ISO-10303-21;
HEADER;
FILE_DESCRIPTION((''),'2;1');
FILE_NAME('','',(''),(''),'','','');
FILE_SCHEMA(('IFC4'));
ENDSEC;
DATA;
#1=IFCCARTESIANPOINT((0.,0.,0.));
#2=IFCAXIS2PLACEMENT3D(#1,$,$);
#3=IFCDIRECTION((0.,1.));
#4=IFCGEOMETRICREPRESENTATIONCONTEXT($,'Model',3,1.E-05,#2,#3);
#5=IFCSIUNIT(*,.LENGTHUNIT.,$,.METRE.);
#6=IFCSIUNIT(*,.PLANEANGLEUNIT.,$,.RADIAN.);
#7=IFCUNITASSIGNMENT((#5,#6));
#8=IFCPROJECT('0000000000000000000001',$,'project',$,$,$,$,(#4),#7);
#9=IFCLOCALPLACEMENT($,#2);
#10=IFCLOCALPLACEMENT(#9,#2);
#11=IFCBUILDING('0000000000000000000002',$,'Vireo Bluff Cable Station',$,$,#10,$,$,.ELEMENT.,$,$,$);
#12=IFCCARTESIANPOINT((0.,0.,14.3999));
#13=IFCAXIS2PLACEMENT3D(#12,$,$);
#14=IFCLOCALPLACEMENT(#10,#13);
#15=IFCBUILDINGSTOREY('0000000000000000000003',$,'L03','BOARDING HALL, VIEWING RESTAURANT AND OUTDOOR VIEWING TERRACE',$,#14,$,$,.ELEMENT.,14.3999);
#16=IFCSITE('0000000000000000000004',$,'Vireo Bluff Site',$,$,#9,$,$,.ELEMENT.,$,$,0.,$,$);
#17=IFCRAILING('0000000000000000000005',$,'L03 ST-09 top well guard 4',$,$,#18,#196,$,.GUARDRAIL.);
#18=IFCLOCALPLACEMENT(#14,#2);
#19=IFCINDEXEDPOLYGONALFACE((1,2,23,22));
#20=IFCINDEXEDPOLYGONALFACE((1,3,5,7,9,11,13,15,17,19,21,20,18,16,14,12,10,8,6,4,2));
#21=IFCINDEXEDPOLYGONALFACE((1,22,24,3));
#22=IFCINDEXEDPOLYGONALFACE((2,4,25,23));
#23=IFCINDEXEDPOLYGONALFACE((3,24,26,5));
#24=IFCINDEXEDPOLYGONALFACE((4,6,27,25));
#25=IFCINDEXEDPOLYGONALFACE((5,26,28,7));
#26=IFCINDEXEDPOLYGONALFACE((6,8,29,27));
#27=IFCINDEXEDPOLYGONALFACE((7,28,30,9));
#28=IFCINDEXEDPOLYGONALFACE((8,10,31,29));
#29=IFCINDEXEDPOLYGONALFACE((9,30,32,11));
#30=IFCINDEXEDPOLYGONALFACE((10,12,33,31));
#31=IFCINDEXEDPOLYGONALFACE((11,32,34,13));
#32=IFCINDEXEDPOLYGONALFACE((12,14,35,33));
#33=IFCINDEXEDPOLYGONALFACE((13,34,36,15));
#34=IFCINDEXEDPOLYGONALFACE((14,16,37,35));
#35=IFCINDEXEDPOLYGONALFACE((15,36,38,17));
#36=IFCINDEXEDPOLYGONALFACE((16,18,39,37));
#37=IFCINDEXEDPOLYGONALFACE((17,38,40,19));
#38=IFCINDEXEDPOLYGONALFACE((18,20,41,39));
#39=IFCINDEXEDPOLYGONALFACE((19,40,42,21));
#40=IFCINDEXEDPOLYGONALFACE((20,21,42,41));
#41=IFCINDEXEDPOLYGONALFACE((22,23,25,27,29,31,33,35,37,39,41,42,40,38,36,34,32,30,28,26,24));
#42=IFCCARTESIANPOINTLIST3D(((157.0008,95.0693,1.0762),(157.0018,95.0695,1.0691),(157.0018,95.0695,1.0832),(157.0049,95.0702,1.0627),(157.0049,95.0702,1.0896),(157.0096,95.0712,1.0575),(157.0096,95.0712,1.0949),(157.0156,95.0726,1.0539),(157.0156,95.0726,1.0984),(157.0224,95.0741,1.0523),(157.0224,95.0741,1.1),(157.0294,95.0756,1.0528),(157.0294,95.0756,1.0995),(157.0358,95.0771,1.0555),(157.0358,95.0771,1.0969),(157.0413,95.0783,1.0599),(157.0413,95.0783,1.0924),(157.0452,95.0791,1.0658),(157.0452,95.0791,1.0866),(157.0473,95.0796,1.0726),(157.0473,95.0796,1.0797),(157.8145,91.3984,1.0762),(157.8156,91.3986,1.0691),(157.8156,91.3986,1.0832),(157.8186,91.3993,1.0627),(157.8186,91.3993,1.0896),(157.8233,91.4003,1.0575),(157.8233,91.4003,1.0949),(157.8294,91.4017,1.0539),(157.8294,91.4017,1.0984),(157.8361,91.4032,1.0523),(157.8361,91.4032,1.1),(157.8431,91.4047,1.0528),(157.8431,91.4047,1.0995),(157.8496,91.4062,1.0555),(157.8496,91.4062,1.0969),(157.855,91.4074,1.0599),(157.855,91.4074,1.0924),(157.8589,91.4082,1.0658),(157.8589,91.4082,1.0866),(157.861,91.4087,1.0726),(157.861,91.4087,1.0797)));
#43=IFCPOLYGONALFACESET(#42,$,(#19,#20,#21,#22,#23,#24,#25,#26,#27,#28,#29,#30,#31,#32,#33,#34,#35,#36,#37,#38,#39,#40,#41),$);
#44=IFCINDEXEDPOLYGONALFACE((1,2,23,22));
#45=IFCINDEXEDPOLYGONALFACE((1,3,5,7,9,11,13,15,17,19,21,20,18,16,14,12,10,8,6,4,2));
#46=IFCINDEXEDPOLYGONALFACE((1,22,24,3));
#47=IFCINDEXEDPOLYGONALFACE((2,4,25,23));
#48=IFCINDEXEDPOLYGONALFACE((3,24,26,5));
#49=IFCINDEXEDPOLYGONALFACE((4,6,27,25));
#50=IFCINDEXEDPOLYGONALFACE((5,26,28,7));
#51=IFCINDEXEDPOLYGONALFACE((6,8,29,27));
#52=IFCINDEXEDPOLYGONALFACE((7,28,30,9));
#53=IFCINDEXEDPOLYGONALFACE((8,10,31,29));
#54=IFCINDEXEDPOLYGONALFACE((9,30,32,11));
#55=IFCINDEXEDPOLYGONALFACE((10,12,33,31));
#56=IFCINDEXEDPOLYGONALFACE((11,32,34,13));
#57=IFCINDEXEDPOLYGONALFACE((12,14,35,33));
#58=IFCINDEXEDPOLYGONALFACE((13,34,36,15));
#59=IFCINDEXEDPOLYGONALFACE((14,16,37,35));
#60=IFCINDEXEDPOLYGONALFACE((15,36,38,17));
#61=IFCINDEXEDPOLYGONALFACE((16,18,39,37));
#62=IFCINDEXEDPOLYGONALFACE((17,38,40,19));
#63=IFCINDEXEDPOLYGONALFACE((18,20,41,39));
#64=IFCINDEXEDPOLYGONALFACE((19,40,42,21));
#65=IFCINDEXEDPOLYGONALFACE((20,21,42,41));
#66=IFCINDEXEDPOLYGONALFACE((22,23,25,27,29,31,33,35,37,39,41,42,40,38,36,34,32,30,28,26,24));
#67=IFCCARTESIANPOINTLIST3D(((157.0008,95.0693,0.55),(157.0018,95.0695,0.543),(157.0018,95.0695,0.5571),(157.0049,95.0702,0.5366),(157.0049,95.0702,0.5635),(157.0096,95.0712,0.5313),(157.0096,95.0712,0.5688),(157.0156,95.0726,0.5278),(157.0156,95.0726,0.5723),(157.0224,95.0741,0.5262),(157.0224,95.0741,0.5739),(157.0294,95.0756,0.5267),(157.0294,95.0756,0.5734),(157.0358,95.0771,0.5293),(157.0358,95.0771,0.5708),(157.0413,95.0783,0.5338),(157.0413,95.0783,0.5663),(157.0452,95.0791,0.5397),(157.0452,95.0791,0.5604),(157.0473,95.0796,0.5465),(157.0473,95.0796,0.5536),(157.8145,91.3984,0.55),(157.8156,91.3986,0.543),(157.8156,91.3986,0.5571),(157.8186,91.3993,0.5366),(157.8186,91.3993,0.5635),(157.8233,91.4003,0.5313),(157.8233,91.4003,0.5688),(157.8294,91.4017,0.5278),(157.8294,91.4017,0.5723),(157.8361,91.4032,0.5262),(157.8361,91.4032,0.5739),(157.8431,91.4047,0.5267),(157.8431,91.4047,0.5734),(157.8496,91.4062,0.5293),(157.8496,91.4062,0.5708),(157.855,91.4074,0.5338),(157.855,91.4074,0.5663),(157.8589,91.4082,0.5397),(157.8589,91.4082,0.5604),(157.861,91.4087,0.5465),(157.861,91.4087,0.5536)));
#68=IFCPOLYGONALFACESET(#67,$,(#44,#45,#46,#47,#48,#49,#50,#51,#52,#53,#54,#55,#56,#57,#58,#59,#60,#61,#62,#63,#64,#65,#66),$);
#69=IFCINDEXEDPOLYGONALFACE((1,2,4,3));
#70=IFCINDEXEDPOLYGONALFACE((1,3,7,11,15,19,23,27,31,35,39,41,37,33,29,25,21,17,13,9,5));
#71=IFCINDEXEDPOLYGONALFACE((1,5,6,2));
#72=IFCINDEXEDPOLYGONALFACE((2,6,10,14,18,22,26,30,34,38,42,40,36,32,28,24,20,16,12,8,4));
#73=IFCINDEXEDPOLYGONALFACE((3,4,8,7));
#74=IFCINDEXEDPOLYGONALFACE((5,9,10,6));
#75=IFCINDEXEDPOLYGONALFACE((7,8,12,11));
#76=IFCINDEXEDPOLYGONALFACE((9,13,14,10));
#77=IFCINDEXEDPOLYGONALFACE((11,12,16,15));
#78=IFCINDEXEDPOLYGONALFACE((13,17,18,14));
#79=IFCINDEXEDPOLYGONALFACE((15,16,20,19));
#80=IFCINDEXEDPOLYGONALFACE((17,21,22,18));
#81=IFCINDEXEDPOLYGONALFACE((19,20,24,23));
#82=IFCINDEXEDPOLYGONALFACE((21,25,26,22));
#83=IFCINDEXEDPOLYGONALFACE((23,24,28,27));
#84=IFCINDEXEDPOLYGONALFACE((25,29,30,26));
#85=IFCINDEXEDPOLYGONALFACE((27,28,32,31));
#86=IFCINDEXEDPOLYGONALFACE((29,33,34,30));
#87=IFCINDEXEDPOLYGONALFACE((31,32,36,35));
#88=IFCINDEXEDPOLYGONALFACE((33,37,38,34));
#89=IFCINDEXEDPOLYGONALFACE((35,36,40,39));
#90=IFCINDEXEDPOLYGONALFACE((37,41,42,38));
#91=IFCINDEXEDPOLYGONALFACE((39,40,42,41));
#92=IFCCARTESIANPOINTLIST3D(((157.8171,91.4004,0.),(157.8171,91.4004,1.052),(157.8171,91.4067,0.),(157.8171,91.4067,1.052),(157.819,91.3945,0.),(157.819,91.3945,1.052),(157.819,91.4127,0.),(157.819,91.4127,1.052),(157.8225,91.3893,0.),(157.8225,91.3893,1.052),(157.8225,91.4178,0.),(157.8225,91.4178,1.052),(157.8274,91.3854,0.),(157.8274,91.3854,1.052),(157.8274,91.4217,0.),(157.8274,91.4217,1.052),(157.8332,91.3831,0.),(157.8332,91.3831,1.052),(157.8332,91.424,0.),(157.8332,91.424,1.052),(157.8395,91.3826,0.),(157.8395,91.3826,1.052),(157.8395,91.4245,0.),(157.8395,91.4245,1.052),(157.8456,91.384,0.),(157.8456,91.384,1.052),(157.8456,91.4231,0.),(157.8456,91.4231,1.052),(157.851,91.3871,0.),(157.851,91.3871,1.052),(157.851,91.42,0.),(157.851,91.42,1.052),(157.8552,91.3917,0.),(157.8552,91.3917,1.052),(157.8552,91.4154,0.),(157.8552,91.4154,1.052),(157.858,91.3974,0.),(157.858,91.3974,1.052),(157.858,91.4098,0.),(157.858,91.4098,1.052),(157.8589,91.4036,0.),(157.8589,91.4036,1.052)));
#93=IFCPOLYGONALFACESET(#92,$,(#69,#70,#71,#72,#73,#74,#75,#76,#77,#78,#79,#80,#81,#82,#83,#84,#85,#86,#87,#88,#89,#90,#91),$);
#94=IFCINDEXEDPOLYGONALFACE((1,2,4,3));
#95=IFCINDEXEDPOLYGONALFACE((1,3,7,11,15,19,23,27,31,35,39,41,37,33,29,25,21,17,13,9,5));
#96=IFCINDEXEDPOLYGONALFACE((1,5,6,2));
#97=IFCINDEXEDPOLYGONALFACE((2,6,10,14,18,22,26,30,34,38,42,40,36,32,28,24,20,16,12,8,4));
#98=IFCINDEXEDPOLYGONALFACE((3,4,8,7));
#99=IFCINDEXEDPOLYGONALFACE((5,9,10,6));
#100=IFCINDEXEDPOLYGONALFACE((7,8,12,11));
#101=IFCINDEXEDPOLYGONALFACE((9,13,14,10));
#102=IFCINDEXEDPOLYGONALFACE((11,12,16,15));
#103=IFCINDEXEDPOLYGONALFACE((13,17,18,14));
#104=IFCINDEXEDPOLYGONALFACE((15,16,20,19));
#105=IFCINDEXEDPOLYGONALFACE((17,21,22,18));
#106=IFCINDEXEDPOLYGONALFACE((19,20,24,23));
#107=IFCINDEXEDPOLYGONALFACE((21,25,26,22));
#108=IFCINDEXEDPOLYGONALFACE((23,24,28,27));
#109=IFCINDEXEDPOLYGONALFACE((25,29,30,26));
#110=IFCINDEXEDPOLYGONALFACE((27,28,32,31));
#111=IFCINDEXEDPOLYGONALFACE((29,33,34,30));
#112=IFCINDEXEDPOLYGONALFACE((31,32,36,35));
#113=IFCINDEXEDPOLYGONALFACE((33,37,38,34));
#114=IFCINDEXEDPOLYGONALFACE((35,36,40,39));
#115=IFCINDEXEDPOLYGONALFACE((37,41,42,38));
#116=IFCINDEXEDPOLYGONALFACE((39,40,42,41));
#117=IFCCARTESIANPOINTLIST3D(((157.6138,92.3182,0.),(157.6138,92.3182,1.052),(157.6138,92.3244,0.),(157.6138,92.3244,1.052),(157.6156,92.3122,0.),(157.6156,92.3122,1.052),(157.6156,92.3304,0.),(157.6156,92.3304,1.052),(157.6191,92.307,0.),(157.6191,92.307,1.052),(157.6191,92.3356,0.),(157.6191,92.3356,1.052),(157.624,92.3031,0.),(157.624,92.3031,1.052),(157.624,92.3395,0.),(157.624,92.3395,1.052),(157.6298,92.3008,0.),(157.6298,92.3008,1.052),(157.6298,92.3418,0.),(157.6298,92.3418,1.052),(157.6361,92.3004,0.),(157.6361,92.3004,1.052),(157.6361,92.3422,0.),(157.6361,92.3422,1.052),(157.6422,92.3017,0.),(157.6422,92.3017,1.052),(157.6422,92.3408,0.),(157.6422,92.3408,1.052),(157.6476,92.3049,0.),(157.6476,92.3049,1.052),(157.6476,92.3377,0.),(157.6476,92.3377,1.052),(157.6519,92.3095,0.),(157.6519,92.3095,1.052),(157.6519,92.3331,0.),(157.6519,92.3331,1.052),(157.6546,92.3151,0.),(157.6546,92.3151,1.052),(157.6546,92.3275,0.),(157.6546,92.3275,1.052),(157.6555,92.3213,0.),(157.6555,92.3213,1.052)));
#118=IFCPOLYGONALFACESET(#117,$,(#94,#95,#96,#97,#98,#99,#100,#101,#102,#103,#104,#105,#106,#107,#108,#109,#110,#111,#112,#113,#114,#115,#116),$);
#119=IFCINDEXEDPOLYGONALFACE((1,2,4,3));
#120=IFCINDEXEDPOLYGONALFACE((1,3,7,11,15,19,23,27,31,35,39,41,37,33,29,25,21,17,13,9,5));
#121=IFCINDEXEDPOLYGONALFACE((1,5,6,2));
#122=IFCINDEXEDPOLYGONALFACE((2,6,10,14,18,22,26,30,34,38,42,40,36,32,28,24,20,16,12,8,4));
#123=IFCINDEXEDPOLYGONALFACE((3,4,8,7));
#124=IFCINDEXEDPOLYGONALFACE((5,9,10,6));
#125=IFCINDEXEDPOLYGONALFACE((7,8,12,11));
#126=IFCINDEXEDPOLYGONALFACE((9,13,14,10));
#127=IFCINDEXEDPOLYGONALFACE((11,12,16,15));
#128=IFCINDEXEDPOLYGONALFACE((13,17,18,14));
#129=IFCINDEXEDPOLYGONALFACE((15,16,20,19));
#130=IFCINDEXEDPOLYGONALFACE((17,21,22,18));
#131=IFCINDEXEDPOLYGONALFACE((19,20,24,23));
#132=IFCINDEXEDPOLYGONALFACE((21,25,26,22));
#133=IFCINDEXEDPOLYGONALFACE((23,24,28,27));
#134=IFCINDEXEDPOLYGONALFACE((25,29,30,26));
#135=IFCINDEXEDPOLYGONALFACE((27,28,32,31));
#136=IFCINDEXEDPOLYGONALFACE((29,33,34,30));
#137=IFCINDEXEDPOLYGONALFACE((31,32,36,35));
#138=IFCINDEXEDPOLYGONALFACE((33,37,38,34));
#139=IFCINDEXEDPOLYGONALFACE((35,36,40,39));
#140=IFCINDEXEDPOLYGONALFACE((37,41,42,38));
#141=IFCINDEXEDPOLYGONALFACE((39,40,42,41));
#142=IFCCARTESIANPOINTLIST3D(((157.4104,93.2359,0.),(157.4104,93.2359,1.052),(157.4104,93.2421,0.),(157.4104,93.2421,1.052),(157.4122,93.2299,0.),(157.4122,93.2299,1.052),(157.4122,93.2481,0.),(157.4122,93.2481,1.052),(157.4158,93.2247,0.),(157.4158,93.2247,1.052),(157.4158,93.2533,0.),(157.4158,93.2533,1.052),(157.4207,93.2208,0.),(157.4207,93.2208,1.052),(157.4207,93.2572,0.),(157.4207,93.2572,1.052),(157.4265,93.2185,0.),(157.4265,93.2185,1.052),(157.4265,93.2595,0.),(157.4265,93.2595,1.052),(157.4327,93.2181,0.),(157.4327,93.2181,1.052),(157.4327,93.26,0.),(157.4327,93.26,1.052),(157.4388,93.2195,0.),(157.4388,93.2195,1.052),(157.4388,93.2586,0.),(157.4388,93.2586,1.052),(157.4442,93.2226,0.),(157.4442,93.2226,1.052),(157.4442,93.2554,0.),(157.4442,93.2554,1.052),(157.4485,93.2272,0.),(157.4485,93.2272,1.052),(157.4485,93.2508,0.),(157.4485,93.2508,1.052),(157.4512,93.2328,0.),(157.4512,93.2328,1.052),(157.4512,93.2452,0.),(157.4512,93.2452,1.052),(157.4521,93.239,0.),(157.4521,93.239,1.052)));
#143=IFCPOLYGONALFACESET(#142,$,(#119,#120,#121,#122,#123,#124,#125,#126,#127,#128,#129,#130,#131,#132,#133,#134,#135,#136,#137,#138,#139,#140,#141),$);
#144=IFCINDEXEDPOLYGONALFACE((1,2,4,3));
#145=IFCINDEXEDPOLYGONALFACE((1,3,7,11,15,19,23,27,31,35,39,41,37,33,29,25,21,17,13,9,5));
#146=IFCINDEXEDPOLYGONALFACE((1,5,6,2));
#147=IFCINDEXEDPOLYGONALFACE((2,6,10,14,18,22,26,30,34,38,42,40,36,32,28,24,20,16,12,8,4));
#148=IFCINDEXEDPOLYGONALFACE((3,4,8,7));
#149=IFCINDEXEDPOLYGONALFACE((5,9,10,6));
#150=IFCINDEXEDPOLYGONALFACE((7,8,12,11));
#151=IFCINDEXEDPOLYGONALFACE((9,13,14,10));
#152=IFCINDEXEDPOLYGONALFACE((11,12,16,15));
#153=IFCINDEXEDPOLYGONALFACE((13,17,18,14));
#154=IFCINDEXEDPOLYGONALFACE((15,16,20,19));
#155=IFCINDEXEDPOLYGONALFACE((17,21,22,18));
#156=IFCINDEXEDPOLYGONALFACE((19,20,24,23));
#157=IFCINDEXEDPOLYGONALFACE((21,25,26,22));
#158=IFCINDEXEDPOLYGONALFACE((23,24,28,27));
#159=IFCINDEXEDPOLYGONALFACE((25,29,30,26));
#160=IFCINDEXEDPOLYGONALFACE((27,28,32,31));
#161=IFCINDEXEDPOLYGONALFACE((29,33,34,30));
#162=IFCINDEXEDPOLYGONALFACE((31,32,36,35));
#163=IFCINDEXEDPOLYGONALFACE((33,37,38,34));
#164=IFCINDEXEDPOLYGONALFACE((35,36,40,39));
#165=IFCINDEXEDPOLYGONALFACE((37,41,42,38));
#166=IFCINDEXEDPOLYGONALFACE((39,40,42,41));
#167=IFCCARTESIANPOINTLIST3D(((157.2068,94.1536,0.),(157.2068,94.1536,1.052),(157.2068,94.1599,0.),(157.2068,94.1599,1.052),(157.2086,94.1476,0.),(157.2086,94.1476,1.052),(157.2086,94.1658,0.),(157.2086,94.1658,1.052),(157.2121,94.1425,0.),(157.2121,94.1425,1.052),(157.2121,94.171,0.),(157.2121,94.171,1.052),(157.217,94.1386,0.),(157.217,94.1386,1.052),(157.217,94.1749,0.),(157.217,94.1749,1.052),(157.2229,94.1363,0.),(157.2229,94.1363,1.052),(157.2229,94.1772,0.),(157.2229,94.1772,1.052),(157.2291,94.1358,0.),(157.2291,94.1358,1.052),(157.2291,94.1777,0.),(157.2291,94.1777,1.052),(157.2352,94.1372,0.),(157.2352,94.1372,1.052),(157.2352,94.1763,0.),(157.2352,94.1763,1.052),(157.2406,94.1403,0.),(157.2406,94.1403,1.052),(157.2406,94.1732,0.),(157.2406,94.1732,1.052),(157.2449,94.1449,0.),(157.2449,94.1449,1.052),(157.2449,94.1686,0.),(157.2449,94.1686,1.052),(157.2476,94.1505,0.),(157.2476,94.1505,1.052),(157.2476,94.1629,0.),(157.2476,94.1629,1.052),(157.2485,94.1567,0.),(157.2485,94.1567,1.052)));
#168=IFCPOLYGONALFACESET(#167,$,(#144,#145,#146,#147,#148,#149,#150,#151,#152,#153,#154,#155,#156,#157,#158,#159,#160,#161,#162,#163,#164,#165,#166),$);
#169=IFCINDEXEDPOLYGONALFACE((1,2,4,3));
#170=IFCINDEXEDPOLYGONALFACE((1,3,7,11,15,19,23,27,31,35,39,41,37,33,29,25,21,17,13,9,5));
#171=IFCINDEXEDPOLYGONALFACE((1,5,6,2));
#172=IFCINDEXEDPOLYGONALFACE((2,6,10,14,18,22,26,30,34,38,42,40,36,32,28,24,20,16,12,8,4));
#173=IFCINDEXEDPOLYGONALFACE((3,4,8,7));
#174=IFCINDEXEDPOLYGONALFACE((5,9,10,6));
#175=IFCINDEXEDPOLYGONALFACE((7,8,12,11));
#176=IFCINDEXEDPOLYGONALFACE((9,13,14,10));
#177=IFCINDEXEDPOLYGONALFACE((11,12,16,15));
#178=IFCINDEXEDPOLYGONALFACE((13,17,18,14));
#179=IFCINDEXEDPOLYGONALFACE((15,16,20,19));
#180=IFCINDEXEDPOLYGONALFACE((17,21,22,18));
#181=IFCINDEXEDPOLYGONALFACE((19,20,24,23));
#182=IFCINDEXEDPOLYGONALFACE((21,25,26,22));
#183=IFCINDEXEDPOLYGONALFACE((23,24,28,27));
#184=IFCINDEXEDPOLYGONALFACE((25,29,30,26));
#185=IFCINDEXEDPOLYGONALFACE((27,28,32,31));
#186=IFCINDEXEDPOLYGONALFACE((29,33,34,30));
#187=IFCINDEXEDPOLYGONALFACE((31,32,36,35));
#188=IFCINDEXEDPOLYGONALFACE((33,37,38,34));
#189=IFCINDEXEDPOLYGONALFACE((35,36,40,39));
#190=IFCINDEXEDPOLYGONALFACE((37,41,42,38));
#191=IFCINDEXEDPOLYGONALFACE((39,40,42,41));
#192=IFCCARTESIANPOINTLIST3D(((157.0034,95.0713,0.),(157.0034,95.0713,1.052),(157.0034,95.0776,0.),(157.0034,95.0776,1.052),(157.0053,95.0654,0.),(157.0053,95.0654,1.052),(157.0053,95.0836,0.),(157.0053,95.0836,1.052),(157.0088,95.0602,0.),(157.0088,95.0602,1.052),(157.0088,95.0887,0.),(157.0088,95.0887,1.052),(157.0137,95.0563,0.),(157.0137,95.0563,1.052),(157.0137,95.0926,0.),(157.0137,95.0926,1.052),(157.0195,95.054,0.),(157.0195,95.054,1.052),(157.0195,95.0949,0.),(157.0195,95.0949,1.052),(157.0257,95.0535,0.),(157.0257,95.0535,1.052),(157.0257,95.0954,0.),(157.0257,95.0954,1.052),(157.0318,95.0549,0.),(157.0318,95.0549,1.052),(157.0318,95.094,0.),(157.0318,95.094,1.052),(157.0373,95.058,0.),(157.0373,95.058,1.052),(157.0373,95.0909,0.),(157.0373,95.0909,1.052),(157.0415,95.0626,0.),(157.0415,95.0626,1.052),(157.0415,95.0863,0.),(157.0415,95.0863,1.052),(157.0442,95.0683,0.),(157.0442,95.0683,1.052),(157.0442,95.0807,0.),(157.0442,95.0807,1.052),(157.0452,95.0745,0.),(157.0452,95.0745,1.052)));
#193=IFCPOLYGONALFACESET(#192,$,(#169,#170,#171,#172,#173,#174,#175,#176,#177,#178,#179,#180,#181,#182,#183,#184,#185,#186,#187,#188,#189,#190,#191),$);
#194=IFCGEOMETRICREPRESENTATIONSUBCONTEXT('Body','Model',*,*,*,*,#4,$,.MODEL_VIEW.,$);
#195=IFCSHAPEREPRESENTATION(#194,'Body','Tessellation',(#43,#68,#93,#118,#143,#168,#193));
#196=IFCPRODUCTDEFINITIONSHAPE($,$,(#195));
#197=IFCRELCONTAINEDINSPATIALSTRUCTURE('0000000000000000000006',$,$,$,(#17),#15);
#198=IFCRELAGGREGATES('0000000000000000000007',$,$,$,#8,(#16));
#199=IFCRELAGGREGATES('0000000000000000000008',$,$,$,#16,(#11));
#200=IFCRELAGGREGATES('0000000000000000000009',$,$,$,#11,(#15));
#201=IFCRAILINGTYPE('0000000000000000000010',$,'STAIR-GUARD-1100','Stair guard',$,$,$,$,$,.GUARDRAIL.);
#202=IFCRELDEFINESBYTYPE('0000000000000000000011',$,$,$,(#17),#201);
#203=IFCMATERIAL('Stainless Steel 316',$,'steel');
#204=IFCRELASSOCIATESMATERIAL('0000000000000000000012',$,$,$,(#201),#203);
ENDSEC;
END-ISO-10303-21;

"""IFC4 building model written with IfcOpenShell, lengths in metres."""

from ifc_helpers import new_model, si_unit, direction, frame, origin, origin_2d, place, context, subcontext, project, spatial, circle, extrude, material, type_object, element, save


model = new_model("IFC4")

# Units and contexts
model_context = context("Model", 3, precision=1e-05, world=origin(), true_north=direction((0.0, 1.0)))
body_context = subcontext(model_context, "Body", "Model", "MODEL_VIEW")
ifc_project = project(units=[si_unit("LENGTHUNIT", "METRE"), si_unit("PLANEANGLEUNIT", "RADIAN")], contexts=[model_context])

# Site, building, storey
site_placement = place(None, origin())
site = spatial("IfcSite", under=ifc_project, at=site_placement, Name="Vireo Bluff Site", CompositionType="ELEMENT", RefElevation=0.0)
building_placement = place(site_placement, origin())
building = spatial("IfcBuilding", under=site, at=building_placement, Name="Vireo Bluff Cable Station", CompositionType="ELEMENT")
storey_placement = place(building_placement, frame((0.0, 0.0, 14.3999)))
storey = spatial("IfcBuildingStorey", under=building, at=storey_placement, Name="L03", Description="BOARDING HALL, VIEWING RESTAURANT AND OUTDOOR VIEWING TERRACE", CompositionType="ELEMENT", Elevation=14.3999)

# Railing
ifc_material_1 = material(Name="Stainless Steel 316", Category="steel")
railing_type = type_object("IfcRailingType", Name="STAIR-GUARD-1100", Description="Stair guard", PredefinedType="GUARDRAIL", material=ifc_material_1)
railing_placement = place(storey_placement, frame((157.8379, 91.4036, 0.0)))
element("IfcRailing", 1, at=railing_placement, inside=storey, type_object=railing_type, Name="L03 ST-09 top well guard 4", PredefinedType="GUARDRAIL", context=body_context, shape_type="SweptSolid", body=[
    extrude(circle(Radius=0.0239, at=origin_2d()), frame((0.0, 0.0, 1.0762), z_axis=(-0.216415, 0.976302, 0.0), x_axis=(-0.976302, -0.216415, 0.0)), (0.0, 0.0, 1.0), 3.76),
    extrude(circle(Radius=0.0239, at=origin_2d()), frame((0.0, 0.0, 0.55), z_axis=(-0.216415, 0.976302, 0.0), x_axis=(-0.976302, -0.216415, 0.0)), (0.0, 0.0, 1.0), 3.76),
    extrude(circle(Radius=0.021, at=origin_2d()), origin(), (0.0, 0.0, 1.0), 1.052),
    extrude(circle(Radius=0.021, at=origin_2d()), frame((-0.2034, 0.9177, 0.0)), (0.0, 0.0, 1.0), 1.052),
    extrude(circle(Radius=0.021, at=origin_2d()), frame((-0.4067, 1.8354, 0.0)), (0.0, 0.0, 1.0), 1.052),
    extrude(circle(Radius=0.021, at=origin_2d()), frame((-0.6104, 2.7532, 0.0)), (0.0, 0.0, 1.0), 1.052),
    extrude(circle(Radius=0.021, at=origin_2d()), frame((-0.8137, 3.6709, 0.0)), (0.0, 0.0, 1.0), 1.052),
])

save(model, "model.ifc")
